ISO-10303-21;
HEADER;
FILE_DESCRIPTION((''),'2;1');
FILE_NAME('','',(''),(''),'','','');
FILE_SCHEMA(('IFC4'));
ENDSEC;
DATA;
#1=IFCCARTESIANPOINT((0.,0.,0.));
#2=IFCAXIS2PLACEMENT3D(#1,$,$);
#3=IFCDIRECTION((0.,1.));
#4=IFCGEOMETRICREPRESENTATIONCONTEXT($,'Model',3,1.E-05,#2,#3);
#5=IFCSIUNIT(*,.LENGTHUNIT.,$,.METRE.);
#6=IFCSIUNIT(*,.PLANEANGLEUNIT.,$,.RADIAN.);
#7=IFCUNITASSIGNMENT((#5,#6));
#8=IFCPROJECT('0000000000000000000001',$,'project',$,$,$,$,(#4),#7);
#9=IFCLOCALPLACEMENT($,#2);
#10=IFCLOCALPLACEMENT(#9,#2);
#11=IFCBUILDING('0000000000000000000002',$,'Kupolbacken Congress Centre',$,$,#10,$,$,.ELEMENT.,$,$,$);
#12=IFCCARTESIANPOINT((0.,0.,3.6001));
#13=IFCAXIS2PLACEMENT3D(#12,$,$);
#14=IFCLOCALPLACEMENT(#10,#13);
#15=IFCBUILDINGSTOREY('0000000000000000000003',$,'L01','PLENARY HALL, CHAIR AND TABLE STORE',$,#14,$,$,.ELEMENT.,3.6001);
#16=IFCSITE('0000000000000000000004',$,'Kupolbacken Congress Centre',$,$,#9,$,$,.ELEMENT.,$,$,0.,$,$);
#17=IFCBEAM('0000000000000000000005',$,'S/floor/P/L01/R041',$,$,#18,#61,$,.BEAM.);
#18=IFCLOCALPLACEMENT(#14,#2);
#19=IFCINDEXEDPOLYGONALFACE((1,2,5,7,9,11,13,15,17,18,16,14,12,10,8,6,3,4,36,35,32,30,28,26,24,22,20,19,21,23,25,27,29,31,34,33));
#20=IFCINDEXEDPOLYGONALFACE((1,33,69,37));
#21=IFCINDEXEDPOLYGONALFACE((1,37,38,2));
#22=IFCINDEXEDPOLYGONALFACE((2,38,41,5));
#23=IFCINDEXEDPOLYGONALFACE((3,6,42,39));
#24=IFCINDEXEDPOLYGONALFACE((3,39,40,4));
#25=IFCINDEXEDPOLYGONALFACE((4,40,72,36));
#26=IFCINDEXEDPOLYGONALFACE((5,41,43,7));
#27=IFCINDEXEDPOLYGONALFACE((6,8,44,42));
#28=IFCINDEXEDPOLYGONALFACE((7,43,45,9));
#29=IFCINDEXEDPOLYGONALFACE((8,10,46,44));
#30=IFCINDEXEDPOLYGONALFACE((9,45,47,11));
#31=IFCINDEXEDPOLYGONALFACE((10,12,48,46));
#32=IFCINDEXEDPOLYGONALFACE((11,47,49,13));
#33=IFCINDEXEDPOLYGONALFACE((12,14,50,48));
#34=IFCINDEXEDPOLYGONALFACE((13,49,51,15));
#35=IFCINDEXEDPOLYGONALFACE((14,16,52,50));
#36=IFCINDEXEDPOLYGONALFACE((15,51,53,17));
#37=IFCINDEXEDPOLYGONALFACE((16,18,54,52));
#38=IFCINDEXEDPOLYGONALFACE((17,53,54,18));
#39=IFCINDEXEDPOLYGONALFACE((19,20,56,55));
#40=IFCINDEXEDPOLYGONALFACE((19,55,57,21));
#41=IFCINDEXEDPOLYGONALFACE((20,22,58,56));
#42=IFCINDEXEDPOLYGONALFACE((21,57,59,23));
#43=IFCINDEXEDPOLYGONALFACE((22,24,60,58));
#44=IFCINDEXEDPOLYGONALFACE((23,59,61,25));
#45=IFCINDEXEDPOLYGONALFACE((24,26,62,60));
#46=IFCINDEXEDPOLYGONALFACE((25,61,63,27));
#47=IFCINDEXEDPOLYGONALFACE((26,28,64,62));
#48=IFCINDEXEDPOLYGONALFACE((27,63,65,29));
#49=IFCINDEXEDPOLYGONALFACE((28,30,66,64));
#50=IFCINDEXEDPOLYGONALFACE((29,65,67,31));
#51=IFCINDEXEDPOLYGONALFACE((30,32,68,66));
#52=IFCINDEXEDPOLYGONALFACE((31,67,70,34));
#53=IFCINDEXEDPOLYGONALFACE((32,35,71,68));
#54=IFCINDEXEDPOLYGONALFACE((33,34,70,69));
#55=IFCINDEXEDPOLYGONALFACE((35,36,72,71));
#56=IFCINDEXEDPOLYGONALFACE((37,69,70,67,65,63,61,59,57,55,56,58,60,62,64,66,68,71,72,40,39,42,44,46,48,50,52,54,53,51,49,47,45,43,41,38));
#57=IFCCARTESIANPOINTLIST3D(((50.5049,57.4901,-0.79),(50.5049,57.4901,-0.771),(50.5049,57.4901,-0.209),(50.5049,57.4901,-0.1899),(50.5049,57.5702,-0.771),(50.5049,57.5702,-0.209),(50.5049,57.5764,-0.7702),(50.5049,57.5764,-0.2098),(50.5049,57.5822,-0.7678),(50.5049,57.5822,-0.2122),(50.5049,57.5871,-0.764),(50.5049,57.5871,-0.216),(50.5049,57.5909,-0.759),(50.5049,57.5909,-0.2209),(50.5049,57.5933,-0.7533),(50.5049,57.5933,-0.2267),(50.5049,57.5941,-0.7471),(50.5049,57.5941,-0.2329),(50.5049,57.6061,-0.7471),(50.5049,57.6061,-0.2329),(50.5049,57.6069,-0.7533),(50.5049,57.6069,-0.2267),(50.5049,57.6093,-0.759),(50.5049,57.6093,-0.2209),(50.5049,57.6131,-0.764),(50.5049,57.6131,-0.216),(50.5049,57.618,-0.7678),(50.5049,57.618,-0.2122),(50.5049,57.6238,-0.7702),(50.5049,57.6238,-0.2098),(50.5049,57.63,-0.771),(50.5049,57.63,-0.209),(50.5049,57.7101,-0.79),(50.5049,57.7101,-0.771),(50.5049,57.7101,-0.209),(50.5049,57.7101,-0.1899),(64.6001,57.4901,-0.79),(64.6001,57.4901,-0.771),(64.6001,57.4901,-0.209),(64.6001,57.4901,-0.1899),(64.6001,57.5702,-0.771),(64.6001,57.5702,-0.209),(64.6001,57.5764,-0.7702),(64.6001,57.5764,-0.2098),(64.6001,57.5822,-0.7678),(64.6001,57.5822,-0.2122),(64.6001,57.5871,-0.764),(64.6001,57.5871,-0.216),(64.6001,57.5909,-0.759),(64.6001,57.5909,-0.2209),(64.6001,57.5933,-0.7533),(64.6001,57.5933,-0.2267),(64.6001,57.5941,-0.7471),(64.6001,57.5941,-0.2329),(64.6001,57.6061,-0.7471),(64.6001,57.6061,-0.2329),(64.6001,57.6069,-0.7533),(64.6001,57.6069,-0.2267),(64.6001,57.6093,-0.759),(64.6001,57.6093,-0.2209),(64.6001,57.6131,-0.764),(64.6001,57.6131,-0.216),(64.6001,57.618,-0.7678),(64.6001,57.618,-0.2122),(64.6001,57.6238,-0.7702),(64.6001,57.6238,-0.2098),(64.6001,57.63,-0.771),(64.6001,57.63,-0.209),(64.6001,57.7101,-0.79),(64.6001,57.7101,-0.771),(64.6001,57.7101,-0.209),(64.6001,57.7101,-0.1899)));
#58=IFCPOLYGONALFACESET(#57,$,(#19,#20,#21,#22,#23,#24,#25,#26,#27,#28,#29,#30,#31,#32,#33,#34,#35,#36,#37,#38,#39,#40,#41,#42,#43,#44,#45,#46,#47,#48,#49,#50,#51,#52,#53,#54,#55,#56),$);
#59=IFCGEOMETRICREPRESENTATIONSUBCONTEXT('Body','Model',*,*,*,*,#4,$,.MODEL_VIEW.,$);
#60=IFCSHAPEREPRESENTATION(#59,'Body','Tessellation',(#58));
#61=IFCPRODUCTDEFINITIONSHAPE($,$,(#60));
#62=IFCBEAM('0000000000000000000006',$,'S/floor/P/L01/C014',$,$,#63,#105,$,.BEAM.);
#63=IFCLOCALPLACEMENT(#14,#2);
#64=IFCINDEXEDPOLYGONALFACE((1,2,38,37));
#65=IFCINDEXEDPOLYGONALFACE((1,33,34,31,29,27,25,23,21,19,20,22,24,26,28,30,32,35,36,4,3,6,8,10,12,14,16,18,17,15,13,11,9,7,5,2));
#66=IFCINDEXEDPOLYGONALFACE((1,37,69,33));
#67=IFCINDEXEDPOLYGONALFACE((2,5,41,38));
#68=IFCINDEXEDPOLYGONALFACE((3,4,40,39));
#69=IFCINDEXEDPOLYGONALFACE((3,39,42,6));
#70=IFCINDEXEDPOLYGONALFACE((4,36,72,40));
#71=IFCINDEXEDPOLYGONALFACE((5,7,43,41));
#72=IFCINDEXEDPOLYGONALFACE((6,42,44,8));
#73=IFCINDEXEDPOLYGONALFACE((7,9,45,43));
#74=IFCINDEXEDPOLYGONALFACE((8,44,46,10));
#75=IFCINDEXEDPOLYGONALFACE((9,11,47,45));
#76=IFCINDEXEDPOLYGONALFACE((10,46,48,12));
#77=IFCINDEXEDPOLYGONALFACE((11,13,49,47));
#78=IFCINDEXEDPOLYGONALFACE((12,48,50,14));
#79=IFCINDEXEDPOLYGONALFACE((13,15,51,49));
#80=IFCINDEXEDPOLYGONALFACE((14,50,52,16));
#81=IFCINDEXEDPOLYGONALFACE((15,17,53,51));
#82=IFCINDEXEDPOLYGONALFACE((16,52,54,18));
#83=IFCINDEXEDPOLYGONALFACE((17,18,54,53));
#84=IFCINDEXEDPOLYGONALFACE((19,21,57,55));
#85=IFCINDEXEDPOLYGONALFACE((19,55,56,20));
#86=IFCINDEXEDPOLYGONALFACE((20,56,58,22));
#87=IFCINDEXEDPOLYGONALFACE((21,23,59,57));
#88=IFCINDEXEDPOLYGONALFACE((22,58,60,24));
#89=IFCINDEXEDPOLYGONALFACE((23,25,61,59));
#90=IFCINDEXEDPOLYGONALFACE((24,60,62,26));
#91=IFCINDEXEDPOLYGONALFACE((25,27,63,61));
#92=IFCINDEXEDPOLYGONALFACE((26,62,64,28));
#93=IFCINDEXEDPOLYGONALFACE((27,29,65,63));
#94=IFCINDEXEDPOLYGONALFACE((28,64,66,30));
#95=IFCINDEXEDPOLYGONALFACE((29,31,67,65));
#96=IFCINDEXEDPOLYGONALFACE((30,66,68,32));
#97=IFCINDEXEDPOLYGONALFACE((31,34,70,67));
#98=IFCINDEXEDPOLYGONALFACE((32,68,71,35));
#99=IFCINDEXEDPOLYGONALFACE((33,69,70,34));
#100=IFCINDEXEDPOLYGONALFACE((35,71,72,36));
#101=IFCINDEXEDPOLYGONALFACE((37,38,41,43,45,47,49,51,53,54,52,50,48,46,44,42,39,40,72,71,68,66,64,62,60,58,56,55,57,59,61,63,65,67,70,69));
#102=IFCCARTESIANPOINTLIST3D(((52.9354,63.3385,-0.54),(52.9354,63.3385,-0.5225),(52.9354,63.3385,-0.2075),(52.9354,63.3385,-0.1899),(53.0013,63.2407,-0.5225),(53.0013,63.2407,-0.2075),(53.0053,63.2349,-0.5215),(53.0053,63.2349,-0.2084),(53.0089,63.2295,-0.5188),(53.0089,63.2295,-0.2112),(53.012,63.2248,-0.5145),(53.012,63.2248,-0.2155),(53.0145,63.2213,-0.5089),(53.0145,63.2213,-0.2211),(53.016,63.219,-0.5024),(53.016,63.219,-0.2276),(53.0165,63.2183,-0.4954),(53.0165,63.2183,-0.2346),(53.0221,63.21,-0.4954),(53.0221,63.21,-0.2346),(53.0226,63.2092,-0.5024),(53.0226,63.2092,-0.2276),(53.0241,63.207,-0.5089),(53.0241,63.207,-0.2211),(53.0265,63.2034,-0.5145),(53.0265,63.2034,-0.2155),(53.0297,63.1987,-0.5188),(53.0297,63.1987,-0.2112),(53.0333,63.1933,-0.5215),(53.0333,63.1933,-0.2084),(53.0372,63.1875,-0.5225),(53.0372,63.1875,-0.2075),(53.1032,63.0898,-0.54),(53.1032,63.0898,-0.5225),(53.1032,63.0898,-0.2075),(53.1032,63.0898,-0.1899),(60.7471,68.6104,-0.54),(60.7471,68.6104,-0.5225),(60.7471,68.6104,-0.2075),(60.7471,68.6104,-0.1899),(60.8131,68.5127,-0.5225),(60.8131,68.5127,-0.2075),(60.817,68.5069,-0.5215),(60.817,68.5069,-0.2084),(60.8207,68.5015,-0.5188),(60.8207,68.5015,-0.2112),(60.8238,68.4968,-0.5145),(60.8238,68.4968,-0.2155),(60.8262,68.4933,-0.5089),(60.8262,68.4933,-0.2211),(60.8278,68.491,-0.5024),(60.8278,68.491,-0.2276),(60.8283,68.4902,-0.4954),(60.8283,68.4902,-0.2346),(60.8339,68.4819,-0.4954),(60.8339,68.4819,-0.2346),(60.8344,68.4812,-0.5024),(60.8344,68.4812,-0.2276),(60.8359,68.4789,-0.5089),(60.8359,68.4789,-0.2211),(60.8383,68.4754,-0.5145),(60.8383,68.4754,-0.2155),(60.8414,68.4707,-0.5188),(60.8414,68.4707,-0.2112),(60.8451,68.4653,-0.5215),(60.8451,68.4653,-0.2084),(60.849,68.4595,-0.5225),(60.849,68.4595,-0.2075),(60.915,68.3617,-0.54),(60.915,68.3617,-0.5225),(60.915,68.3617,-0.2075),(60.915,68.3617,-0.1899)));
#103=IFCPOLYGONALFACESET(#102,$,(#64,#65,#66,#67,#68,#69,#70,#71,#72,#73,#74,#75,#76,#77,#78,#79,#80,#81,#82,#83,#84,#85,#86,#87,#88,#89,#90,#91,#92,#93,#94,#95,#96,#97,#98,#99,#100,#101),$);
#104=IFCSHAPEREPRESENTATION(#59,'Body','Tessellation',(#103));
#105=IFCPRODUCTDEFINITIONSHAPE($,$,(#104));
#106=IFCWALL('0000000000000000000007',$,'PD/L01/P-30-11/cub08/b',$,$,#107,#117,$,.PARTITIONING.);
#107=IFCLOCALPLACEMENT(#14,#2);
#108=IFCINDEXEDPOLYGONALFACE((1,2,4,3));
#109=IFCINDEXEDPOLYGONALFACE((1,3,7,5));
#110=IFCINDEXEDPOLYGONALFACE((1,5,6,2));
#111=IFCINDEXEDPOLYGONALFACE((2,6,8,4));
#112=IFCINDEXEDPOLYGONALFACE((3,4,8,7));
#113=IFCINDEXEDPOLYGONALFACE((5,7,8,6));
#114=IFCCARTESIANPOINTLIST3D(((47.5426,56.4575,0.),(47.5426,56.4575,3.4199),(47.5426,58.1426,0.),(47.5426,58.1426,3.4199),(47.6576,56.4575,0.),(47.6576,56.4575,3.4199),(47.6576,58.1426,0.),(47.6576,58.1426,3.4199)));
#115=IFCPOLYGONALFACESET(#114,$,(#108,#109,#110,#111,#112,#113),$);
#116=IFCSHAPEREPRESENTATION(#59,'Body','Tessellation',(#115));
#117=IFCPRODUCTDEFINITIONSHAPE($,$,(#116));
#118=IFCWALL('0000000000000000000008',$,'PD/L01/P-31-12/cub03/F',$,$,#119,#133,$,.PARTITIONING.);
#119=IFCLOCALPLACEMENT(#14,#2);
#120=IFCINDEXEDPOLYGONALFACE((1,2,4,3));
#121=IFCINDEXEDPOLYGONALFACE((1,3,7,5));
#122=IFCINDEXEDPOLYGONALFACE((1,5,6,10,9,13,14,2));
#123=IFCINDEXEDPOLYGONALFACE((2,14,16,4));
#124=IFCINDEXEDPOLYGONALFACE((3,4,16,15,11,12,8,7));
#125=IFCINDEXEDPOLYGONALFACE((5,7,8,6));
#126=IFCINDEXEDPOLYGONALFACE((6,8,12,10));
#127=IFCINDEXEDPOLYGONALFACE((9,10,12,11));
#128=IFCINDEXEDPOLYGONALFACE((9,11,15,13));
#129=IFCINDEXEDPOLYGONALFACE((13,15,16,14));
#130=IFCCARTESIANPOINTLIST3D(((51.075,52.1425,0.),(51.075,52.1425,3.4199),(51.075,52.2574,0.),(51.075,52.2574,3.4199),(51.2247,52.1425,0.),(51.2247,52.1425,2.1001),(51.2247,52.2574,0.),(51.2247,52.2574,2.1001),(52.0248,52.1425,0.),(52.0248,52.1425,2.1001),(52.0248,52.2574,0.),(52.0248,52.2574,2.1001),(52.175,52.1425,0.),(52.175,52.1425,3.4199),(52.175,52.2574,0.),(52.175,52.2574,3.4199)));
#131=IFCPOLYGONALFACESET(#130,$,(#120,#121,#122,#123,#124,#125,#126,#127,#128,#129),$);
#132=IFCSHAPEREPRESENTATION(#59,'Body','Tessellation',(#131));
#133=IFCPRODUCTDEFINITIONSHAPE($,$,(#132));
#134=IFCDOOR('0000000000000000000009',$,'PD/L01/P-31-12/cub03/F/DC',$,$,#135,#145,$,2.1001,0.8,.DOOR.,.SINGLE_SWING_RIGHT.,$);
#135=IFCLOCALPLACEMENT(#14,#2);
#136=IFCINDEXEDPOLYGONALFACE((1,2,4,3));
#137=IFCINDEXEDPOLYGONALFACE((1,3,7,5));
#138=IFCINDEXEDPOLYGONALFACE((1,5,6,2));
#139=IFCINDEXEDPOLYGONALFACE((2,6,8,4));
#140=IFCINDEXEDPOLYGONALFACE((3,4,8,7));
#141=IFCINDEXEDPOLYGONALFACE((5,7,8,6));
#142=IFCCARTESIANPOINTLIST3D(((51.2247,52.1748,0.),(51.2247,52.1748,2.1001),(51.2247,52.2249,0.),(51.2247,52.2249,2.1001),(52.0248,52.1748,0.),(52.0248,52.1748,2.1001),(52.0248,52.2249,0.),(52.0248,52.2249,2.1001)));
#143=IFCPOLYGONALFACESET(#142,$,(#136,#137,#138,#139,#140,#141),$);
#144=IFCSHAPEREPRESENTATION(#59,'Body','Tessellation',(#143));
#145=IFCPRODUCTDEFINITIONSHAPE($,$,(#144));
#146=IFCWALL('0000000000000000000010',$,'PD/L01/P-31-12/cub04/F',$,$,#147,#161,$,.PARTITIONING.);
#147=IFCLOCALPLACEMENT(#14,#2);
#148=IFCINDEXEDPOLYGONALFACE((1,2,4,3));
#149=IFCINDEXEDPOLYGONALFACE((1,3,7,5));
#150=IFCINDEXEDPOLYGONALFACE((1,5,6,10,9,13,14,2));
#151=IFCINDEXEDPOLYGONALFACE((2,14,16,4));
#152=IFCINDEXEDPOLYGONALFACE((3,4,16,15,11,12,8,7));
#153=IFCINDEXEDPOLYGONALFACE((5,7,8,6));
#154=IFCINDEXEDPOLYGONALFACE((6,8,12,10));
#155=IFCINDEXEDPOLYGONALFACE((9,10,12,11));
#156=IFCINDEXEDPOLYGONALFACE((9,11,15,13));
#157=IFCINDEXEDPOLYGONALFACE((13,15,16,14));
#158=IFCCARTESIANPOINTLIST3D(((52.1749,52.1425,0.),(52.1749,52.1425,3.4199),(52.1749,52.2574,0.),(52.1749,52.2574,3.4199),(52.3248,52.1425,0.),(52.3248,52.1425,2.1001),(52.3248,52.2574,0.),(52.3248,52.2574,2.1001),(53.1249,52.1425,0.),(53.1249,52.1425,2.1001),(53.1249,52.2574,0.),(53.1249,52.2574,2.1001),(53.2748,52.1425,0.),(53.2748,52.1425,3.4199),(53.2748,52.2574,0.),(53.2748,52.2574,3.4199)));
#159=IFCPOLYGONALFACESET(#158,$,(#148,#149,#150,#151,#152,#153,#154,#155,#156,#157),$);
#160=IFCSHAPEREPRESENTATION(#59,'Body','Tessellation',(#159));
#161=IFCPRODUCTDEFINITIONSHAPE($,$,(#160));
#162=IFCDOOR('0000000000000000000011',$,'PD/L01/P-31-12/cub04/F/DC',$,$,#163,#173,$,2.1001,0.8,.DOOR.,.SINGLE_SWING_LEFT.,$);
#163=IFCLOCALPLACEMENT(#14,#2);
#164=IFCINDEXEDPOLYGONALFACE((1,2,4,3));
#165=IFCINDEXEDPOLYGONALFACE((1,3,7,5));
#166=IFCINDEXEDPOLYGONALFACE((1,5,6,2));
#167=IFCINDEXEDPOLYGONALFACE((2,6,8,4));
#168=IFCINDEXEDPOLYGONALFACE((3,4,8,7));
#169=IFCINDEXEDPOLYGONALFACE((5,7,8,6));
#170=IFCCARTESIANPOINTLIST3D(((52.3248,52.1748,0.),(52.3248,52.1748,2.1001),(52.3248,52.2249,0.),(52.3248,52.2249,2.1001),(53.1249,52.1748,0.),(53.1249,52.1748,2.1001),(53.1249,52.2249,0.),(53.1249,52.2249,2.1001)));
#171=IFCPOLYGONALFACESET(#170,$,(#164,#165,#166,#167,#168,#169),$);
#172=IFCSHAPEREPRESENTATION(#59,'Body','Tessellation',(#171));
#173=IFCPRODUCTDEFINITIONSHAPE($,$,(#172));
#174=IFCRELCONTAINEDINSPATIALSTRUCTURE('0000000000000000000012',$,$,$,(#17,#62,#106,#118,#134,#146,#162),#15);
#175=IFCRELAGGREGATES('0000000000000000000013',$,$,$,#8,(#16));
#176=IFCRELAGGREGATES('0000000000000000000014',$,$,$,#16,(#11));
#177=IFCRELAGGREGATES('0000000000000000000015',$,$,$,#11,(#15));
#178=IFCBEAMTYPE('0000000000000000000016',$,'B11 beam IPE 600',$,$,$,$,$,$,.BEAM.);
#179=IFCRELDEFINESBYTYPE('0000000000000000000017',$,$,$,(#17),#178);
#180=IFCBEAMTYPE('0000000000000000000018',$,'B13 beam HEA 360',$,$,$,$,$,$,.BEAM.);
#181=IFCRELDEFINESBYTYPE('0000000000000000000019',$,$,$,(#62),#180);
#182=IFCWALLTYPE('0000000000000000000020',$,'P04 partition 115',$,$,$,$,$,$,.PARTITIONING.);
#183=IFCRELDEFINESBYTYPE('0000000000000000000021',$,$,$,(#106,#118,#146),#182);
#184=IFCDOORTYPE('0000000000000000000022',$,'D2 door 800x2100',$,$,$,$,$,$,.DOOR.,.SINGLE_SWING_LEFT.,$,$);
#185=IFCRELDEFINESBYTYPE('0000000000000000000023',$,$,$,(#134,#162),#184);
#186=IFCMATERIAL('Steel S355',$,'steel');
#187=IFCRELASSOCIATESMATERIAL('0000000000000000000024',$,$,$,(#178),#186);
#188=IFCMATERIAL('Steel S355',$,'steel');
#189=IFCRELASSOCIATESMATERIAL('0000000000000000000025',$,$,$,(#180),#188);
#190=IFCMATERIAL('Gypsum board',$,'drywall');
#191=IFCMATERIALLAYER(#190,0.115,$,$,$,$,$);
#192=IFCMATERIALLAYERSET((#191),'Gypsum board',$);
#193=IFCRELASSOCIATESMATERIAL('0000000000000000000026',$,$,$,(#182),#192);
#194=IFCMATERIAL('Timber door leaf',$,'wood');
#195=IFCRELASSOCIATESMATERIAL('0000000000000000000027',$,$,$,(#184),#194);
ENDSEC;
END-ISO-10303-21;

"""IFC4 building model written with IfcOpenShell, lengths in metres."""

from ifc_helpers import new_model, si_unit, direction, frame, frame_2d, origin, origin_2d, place, context, subcontext, project, spatial, rectangle, i_section, extrude, material, layer, layer_set, material_profile, profile_set, type_object, element, fill, save


model = new_model("IFC4")

# Units and contexts
model_context = context("Model", 3, precision=1e-05, world=origin(), true_north=direction((0.0, 1.0)))
body_context = subcontext(model_context, "Body", "Model", "MODEL_VIEW")
ifc_project = project(units=[si_unit("LENGTHUNIT", "METRE"), si_unit("PLANEANGLEUNIT", "RADIAN")], contexts=[model_context])

# Site, building, storey
site_placement = place(None, origin())
site = spatial("IfcSite", under=ifc_project, at=site_placement, Name="Kupolbacken Congress Centre", CompositionType="ELEMENT", RefElevation=0.0)
building_placement = place(site_placement, origin())
building = spatial("IfcBuilding", under=site, at=building_placement, Name="Kupolbacken Congress Centre", CompositionType="ELEMENT")
storey_placement = place(building_placement, frame((0.0, 0.0, 3.6001)))
storey = spatial("IfcBuildingStorey", under=building, at=storey_placement, Name="L01", Description="PLENARY HALL, CHAIR AND TABLE STORE", CompositionType="ELEMENT", Elevation=3.6001)

# Beams
ifc_material_1 = material(Name="Steel S355", Category="steel")
ifc_material_profile_1 = material_profile(ifc_material_1, i_section(OverallWidth=0.22, OverallDepth=0.6001, WebThickness=0.012, FlangeThickness=0.019, FilletRadius=0.0239, at=origin_2d()), Name="IPE 600")
ifc_profile_set_1 = profile_set([ifc_material_profile_1], Name="Steel S355")
beam_type_1 = type_object("IfcBeamType", Name="B11 beam IPE 600", PredefinedType="BEAM", material=ifc_profile_set_1)
beam_1_placement = place(storey_placement, frame((50.5049, 57.6001, -0.49), z_axis=(1.0, 0.0, 0.0), x_axis=(0.0, 1.0, 0.0)))
element("IfcBeam", 1, at=beam_1_placement, inside=storey, type_object=beam_type_1, Name="S/floor/P/L01/R041", PredefinedType="BEAM", context=body_context, shape_type="SweptSolid", body=[
    extrude(i_section(OverallWidth=0.22, OverallDepth=0.6001, WebThickness=0.012, FlangeThickness=0.019, FilletRadius=0.0239, at=origin_2d()), origin(), (0.0, 0.0, 1.0), 14.0952),
])
ifc_material_2 = material(Name="Steel S355", Category="steel")
ifc_material_profile_2 = material_profile(ifc_material_2, i_section(OverallWidth=0.3, OverallDepth=0.3501, WebThickness=0.01, FlangeThickness=0.0176, FilletRadius=0.0271, at=origin_2d()), Name="HEA 360")
ifc_profile_set_2 = profile_set([ifc_material_profile_2], Name="Steel S355")
beam_type_2 = type_object("IfcBeamType", Name="B13 beam HEA 360", PredefinedType="BEAM", material=ifc_profile_set_2)
beam_2_placement = place(storey_placement, frame((53.0193, 63.2141, -0.365), z_axis=(0.828896, 0.559402, 0.0), x_axis=(-0.559402, 0.828896, 0.0)))
element("IfcBeam", 2, at=beam_2_placement, inside=storey, type_object=beam_type_2, Name="S/floor/P/L01/C014", PredefinedType="BEAM", context=body_context, shape_type="SweptSolid", body=[
    extrude(i_section(OverallWidth=0.3, OverallDepth=0.3501, WebThickness=0.01, FlangeThickness=0.0176, FilletRadius=0.0271, at=origin_2d()), origin(), (0.0, 0.0, 1.0), 9.4243),
])

# Wall
ifc_material_3 = material(Name="Gypsum board", Category="drywall")
ifc_layer_1 = layer(ifc_material_3, 0.115)
ifc_layer_set_1 = layer_set([ifc_layer_1], Name="Gypsum board")
wall_type_1 = type_object("IfcWallType", Name="P04 partition 115", PredefinedType="PARTITIONING", material=ifc_layer_set_1)
wall_1_placement = place(storey_placement, frame((47.6001, 58.1426, 0.0), z_axis=(0.0, 0.0, 1.0), x_axis=(0.0, -1.0, 0.0)))
element("IfcWall", 3, at=wall_1_placement, inside=storey, type_object=wall_type_1, Name="PD/L01/P-30-11/cub08/b", PredefinedType="PARTITIONING", context=body_context, shape_type="SweptSolid", body=[
    extrude(rectangle(XDim=1.6851, YDim=0.115, at=frame_2d((0.8425, 0.0))), origin(), (0.0, 0.0, 1.0), 3.4199),
])

# Walls, openings, doors
wall_2_placement = place(storey_placement, frame((51.075, 52.2, 0.0), z_axis=(0.0, 0.0, 1.0), x_axis=(1.0, 0.0, 0.0)))
wall_2 = element("IfcWall", 4, at=wall_2_placement, inside=storey, type_object=wall_type_1, Name="PD/L01/P-31-12/cub03/F", PredefinedType="PARTITIONING", context=body_context, shape_type="SweptSolid", body=[
    extrude(rectangle(XDim=1.1001, YDim=0.115, at=frame_2d((0.55, 0.0))), origin(), (0.0, 0.0, 1.0), 3.4199),
])
opening_1_placement = place(wall_2_placement, frame((0.1499, 0.0, 0.0)))
opening_1 = element("IfcOpeningElement", 5, at=opening_1_placement, cuts=wall_2, PredefinedType="OPENING", context=body_context, shape_type="SweptSolid", body=[
    extrude(rectangle(XDim=0.8, YDim=2.1001, at=frame_2d((0.3999, 1.05))), frame((0.0, 0.0674, 0.0), z_axis=(0.0, -1.0, 0.0), x_axis=(1.0, 0.0, 0.0)), (0.0, 0.0, 1.0), 0.135),
])
ifc_material_4 = material(Name="Timber door leaf", Category="wood")
door_type_1 = type_object("IfcDoorType", Name="D2 door 800x2100", OperationType="SINGLE_SWING_LEFT", PredefinedType="DOOR", material=ifc_material_4)
door_1_placement = place(opening_1_placement, origin())
door_1 = element("IfcDoor", 6, at=door_1_placement, inside=storey, type_object=door_type_1, Name="PD/L01/P-31-12/cub03/F/DC", OperationType="SINGLE_SWING_RIGHT", OverallHeight=2.1001, OverallWidth=0.8, PredefinedType="DOOR", context=body_context, shape_type="SweptSolid", body=[
    extrude(rectangle(XDim=0.8, YDim=2.1001, at=frame_2d((0.3999, 1.05))), frame((0.0, 0.0249, 0.0), z_axis=(0.0, -1.0, 0.0), x_axis=(1.0, 0.0, 0.0)), (0.0, 0.0, 1.0), 0.05),
])
fill(opening_1, door_1)
wall_3_placement = place(storey_placement, frame((52.175, 52.2, 0.0), z_axis=(0.0, 0.0, 1.0), x_axis=(1.0, 0.0, 0.0)))
wall_3 = element("IfcWall", 7, at=wall_3_placement, inside=storey, type_object=wall_type_1, Name="PD/L01/P-31-12/cub04/F", PredefinedType="PARTITIONING", context=body_context, shape_type="SweptSolid", body=[
    extrude(rectangle(XDim=1.0999, YDim=0.115, at=frame_2d((0.5498, 0.0))), origin(), (0.0, 0.0, 1.0), 3.4199),
])
opening_2_placement = place(wall_3_placement, frame((0.1499, 0.0, 0.0)))
opening_2 = element("IfcOpeningElement", 8, at=opening_2_placement, cuts=wall_3, PredefinedType="OPENING", context=body_context, shape_type="SweptSolid", body=[
    extrude(rectangle(XDim=0.8, YDim=2.1001, at=frame_2d((0.3999, 1.05))), frame((0.0, 0.0674, 0.0), z_axis=(0.0, -1.0, 0.0), x_axis=(1.0, 0.0, 0.0)), (0.0, 0.0, 1.0), 0.135),
])
door_2_placement = place(opening_2_placement, origin())
door_2 = element("IfcDoor", 9, at=door_2_placement, inside=storey, type_object=door_type_1, Name="PD/L01/P-31-12/cub04/F/DC", OperationType="SINGLE_SWING_LEFT", OverallHeight=2.1001, OverallWidth=0.8, PredefinedType="DOOR", context=body_context, shape_type="SweptSolid", body=[
    extrude(rectangle(XDim=0.8, YDim=2.1001, at=frame_2d((0.3999, 1.05))), frame((0.0, 0.0249, 0.0), z_axis=(0.0, -1.0, 0.0), x_axis=(1.0, 0.0, 0.0)), (0.0, 0.0, 1.0), 0.05),
])
fill(opening_2, door_2)

save(model, "model.ifc")
